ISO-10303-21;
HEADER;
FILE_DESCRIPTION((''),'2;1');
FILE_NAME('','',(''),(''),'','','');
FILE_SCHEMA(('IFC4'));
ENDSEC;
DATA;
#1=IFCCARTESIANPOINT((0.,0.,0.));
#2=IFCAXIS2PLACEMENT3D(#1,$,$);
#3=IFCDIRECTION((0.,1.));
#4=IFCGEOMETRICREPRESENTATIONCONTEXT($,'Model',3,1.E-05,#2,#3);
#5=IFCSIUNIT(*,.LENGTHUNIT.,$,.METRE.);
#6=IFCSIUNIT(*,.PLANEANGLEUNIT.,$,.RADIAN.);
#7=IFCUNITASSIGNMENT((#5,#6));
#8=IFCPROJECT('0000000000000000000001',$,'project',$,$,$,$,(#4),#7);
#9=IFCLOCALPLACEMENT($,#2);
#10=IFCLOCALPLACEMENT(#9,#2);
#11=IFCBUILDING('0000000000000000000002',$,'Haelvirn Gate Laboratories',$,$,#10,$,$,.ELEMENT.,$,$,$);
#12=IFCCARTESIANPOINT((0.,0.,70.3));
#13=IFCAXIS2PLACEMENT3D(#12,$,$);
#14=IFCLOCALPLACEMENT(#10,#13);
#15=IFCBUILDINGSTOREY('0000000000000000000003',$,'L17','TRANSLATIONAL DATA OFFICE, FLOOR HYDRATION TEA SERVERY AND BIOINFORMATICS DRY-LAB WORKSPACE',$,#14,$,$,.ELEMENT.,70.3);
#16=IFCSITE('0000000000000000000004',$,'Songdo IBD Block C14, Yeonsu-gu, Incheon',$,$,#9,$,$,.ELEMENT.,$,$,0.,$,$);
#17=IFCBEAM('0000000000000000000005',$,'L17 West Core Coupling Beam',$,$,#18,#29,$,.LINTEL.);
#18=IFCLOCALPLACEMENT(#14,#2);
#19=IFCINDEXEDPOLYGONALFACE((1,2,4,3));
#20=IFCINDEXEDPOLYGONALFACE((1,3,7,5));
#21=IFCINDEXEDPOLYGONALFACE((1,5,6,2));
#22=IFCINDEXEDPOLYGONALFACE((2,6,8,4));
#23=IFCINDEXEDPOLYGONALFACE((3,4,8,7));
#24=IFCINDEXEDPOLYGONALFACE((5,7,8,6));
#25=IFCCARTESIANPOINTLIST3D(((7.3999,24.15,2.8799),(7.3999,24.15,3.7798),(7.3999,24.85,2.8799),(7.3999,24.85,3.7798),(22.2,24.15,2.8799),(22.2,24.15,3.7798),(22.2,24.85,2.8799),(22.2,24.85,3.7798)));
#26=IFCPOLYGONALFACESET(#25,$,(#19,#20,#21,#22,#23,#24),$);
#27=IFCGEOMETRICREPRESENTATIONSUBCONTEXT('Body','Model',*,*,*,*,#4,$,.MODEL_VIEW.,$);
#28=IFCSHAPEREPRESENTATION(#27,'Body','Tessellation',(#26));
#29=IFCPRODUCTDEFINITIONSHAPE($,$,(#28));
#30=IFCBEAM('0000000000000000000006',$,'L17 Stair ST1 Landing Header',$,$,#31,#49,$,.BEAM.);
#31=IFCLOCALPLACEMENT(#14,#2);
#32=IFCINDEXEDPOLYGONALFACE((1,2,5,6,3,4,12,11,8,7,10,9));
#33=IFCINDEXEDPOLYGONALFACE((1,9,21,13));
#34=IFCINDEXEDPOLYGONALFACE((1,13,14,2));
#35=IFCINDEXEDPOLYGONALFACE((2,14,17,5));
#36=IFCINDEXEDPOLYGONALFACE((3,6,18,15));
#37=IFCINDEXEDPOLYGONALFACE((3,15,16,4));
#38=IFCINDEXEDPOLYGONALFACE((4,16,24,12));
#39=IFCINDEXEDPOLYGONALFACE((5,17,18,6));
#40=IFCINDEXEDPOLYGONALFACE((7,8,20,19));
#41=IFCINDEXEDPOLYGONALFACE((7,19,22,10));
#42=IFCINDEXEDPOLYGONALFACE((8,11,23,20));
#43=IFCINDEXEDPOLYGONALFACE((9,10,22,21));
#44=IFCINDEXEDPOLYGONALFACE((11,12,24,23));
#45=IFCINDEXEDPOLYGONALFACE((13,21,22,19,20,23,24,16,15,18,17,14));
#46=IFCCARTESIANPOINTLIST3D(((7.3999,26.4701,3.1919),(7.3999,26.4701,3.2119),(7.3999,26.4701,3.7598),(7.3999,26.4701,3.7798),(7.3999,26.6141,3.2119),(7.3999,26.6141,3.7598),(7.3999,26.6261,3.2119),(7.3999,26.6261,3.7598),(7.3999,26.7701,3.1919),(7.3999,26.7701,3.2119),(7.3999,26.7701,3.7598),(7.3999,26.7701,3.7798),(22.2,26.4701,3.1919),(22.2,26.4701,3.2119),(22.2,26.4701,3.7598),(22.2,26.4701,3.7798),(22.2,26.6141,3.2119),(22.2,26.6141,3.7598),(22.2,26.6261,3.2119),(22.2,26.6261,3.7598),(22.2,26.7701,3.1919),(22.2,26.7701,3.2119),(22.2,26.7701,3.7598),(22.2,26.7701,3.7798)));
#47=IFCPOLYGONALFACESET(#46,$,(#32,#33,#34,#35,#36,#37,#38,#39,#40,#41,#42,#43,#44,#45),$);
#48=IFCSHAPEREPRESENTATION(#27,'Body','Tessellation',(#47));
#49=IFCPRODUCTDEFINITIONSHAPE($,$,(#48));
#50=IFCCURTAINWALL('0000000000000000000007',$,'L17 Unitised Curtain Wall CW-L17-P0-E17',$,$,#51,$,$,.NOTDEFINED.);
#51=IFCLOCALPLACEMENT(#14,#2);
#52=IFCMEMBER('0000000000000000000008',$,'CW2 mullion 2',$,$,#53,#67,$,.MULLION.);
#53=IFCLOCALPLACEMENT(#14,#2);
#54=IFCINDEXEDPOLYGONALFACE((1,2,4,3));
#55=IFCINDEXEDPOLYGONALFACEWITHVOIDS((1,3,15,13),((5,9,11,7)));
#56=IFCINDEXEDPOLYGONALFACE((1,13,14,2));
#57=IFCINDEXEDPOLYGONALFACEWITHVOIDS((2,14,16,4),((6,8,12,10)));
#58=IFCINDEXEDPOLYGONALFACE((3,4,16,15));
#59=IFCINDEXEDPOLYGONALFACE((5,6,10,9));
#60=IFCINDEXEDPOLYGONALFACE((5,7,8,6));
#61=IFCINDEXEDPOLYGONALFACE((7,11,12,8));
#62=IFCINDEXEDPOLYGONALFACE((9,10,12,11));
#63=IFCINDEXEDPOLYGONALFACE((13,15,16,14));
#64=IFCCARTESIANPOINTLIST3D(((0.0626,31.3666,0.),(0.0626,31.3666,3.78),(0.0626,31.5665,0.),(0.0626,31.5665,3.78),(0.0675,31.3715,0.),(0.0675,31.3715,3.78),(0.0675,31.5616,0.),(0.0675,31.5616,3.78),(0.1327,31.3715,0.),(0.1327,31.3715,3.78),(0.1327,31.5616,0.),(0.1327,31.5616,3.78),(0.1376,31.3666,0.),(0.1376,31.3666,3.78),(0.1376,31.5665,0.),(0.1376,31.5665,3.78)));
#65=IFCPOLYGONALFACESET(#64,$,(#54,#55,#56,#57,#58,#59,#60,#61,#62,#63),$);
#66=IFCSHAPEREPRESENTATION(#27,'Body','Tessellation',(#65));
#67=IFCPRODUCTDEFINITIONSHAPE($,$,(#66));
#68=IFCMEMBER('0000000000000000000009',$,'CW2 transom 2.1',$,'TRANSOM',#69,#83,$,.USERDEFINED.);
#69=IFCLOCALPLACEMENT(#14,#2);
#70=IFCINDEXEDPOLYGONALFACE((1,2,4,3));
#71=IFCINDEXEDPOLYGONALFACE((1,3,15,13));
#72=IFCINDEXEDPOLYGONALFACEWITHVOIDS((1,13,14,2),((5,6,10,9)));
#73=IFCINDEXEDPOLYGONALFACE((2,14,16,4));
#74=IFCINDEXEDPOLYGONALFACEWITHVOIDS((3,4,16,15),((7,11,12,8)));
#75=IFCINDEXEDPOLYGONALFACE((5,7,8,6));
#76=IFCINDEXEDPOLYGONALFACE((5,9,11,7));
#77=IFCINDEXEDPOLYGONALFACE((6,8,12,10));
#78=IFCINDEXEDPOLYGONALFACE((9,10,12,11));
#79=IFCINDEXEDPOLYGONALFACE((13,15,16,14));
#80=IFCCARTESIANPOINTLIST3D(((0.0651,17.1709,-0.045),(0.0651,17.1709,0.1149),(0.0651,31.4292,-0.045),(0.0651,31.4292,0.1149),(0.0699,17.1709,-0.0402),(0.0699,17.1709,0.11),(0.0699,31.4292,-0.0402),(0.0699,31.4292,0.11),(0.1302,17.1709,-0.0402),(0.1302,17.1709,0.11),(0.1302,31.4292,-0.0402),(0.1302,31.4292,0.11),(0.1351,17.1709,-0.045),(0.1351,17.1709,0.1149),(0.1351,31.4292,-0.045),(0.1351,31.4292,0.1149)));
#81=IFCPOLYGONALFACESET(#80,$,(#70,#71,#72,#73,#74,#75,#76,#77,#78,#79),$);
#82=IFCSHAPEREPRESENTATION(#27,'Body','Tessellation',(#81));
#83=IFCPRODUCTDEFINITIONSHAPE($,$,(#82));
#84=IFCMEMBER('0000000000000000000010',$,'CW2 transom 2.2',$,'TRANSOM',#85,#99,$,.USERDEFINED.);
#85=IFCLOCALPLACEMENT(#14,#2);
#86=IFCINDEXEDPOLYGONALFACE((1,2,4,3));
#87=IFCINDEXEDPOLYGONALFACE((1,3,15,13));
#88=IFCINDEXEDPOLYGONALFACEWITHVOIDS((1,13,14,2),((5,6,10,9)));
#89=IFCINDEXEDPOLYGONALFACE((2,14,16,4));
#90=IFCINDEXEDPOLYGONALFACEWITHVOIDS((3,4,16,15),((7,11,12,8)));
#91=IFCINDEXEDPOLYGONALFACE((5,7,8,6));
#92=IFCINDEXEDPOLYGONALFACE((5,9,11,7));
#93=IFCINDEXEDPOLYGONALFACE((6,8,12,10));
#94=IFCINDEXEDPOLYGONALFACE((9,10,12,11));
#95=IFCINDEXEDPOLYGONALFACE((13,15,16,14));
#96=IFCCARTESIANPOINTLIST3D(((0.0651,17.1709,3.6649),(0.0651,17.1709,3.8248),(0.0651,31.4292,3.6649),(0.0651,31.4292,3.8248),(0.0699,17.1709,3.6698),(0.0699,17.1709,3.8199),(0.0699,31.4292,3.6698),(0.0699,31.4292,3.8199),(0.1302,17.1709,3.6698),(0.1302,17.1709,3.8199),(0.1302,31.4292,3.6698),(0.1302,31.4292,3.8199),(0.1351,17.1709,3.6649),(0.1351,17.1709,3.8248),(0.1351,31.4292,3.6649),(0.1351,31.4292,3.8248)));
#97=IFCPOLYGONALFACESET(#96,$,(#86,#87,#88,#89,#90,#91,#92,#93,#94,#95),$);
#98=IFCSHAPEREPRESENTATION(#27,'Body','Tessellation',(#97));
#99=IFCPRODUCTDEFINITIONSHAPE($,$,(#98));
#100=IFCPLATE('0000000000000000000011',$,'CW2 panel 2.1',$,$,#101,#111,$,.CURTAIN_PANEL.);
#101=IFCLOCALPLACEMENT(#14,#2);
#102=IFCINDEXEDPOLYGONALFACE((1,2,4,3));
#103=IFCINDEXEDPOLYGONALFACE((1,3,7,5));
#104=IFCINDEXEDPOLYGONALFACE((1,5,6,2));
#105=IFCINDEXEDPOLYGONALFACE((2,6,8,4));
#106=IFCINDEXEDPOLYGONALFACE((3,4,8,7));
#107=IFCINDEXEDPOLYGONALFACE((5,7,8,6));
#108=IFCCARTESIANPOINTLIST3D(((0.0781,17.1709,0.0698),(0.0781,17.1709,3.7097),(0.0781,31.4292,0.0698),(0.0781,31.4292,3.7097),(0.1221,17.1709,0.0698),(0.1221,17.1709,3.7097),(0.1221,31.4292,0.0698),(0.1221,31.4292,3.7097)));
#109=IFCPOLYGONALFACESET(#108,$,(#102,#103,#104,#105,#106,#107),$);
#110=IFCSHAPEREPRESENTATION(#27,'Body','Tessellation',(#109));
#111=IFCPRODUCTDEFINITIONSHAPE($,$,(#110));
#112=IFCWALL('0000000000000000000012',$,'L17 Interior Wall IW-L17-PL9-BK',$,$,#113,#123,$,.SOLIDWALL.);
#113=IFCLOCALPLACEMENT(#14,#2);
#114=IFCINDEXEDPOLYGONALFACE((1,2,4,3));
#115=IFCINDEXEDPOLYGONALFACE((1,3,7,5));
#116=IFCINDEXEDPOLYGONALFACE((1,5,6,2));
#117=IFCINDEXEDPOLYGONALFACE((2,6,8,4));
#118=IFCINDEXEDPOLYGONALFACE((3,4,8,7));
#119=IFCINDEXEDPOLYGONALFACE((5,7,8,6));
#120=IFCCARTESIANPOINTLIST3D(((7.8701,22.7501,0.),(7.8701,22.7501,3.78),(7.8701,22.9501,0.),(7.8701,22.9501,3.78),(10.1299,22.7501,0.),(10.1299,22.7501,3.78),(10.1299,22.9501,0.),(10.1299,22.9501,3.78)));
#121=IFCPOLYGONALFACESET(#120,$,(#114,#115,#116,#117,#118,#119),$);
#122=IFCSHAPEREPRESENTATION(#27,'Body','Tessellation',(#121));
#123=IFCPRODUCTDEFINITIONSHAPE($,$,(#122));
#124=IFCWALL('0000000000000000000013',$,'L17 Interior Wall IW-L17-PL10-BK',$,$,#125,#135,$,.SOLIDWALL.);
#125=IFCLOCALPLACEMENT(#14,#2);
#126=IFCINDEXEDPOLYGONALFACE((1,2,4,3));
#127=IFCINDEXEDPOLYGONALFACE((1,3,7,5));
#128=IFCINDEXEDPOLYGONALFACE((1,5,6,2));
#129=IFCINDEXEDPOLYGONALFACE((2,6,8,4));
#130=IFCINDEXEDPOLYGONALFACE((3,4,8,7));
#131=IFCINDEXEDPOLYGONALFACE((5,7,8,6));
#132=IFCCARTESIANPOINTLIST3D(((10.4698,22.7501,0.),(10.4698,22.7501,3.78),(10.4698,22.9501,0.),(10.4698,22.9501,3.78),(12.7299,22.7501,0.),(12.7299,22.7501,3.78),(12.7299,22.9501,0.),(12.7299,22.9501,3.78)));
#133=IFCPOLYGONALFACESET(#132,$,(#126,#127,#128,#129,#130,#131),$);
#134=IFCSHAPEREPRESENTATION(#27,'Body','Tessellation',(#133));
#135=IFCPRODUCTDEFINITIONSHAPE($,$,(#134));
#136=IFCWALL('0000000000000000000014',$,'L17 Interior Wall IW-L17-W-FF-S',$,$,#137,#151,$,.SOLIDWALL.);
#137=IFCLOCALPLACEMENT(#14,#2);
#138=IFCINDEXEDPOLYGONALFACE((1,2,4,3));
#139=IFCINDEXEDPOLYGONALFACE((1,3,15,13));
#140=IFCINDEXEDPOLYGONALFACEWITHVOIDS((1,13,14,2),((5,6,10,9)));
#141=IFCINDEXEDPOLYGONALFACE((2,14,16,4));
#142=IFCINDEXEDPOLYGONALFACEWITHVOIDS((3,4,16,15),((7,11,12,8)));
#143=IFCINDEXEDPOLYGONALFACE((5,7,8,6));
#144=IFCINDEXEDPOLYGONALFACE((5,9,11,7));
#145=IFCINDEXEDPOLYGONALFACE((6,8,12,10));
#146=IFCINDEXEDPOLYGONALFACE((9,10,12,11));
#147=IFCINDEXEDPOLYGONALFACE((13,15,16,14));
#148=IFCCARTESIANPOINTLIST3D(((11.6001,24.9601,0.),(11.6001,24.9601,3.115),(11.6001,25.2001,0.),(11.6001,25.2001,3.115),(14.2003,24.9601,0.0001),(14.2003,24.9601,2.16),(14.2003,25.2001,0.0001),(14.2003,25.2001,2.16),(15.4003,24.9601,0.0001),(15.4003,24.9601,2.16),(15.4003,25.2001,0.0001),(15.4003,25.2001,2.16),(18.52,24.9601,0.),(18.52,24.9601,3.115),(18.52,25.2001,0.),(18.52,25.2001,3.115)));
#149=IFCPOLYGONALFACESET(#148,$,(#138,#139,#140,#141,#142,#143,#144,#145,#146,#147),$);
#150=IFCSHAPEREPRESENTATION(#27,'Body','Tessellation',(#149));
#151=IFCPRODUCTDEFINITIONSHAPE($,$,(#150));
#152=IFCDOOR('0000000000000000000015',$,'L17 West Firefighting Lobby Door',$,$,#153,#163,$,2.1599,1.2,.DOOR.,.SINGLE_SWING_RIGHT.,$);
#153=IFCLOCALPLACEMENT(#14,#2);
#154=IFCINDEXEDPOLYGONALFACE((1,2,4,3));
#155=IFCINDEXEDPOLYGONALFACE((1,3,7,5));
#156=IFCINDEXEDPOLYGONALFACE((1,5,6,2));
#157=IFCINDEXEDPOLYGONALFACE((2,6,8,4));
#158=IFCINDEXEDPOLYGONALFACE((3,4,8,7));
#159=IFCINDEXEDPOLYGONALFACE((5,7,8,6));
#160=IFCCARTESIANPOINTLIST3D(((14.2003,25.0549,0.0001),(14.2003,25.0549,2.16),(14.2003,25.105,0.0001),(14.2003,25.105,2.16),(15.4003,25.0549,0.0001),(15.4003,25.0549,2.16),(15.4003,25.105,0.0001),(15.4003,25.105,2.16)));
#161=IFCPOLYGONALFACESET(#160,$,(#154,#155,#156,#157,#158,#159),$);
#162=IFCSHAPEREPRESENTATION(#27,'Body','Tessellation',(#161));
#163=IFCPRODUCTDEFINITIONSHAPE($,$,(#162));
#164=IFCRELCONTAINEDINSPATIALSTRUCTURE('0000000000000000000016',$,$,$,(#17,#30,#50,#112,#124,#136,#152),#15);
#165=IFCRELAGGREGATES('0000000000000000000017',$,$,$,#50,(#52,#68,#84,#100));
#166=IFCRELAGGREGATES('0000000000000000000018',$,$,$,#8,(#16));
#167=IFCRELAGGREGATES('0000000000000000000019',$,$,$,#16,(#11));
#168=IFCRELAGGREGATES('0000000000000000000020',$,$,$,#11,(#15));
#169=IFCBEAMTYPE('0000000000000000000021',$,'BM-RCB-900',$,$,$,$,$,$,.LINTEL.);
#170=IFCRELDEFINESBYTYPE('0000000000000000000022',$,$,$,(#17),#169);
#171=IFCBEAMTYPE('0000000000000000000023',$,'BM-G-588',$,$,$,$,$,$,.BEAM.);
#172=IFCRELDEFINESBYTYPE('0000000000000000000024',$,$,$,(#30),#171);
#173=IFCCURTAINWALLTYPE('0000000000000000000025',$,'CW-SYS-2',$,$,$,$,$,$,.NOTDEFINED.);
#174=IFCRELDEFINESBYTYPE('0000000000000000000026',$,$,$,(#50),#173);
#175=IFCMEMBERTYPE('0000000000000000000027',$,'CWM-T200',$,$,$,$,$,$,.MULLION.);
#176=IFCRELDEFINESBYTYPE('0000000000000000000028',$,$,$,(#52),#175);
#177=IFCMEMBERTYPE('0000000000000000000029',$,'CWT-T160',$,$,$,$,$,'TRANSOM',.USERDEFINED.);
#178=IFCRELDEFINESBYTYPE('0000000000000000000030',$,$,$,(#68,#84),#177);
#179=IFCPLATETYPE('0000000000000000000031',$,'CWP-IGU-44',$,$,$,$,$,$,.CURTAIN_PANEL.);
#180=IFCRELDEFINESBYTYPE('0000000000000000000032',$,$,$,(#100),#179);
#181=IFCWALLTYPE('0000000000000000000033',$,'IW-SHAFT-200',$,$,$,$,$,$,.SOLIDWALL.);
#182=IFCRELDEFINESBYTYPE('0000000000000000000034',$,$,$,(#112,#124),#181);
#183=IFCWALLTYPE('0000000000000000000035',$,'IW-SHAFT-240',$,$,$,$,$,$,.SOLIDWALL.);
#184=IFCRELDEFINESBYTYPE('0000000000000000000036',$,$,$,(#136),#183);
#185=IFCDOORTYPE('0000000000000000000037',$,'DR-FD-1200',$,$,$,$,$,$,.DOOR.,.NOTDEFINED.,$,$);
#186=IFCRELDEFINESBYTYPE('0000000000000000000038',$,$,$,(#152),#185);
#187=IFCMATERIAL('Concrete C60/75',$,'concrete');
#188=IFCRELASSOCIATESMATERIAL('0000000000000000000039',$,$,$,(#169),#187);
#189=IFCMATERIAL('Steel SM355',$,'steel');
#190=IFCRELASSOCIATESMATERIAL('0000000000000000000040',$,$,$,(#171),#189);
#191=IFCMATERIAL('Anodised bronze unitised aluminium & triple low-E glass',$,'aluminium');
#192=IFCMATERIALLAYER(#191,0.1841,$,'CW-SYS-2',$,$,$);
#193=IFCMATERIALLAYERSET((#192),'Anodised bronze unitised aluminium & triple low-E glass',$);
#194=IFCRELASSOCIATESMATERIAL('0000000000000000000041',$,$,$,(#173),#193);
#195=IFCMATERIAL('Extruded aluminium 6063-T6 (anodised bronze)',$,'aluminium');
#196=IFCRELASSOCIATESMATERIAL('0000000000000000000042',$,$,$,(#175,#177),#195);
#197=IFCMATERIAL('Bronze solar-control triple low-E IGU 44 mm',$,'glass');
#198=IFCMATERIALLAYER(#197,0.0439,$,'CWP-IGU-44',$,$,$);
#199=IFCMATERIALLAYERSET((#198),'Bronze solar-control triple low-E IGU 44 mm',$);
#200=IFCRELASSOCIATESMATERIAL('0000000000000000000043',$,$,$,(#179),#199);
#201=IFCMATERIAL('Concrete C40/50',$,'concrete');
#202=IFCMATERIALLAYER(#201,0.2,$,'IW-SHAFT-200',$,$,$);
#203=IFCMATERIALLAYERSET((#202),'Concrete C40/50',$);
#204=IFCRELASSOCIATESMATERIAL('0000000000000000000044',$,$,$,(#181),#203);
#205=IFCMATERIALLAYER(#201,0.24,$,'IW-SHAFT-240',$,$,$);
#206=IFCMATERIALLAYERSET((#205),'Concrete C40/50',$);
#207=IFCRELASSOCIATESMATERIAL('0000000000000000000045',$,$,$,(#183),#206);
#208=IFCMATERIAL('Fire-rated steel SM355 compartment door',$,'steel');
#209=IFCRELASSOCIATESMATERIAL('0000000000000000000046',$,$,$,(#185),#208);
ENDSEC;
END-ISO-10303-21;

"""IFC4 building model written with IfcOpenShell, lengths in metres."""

from ifc_helpers import new_model, si_unit, direction, frame, frame_2d, origin, origin_2d, place, context, subcontext, project, spatial, rectangle, hollow_rectangle, i_section, extrude, source, transform, mapped, material, layer, layer_set, material_profile, profile_set, type_object, type_shapes, element, fill, aggregate, save


model = new_model("IFC4")

# Units and contexts
model_context = context("Model", 3, precision=1e-05, world=origin(), true_north=direction((0.0, 1.0)))
body_context = subcontext(model_context, "Body", "Model", "MODEL_VIEW")
ifc_project = project(units=[si_unit("LENGTHUNIT", "METRE"), si_unit("PLANEANGLEUNIT", "RADIAN")], contexts=[model_context])

# Site, building, storey
site_placement = place(None, origin())
site = spatial("IfcSite", under=ifc_project, at=site_placement, Name="Songdo IBD Block C14, Yeonsu-gu, Incheon", CompositionType="ELEMENT", RefElevation=0.0)
building_placement = place(site_placement, origin())
building = spatial("IfcBuilding", under=site, at=building_placement, Name="Haelvirn Gate Laboratories", CompositionType="ELEMENT")
storey_placement = place(building_placement, frame((0.0, 0.0, 70.3)))
storey = spatial("IfcBuildingStorey", under=building, at=storey_placement, Name="L17", Description="TRANSLATIONAL DATA OFFICE, FLOOR HYDRATION TEA SERVERY AND BIOINFORMATICS DRY-LAB WORKSPACE", CompositionType="ELEMENT", Elevation=70.3)

# Beams
ifc_material_1 = material(Name="Concrete C60/75", Category="concrete")
ifc_material_profile_1 = material_profile(ifc_material_1, rectangle(XDim=0.7, YDim=0.8999, at=origin_2d()), Name="RCB-700x900")
ifc_profile_set_1 = profile_set([ifc_material_profile_1], Name="Concrete C60/75")
beam_type_1 = type_object("IfcBeamType", Name="BM-RCB-900", PredefinedType="LINTEL", material=ifc_profile_set_1)
shared_shape_1 = source(origin(), body_context, "Body", "SweptSolid", [
    extrude(rectangle(XDim=0.7, YDim=0.8999, at=origin_2d()), origin(), (0.0, 0.0, 1.0), 14.8),
])
type_shapes(beam_type_1, [shared_shape_1])
beam_1_placement = place(storey_placement, frame((7.3999, 24.5, 3.3298), z_axis=(1.0, 0.0, 0.0), x_axis=(0.0, 1.0, 0.0)))
element("IfcBeam", 1, at=beam_1_placement, inside=storey, type_object=beam_type_1, Name="L17 West Core Coupling Beam", PredefinedType="LINTEL", context=body_context, shape_type="MappedRepresentation", body=[
    mapped(shared_shape_1, transform((0.0, 0.0, 0.0), scale=1.0)),
])
ifc_material_2 = material(Name="Steel SM355", Category="steel")
ifc_material_profile_2 = material_profile(ifc_material_2, i_section(OverallWidth=0.3, OverallDepth=0.5879, WebThickness=0.012, FlangeThickness=0.02, at=origin_2d()), Name="H-588x300x12x20")
ifc_profile_set_2 = profile_set([ifc_material_profile_2], Name="Steel SM355")
beam_type_2 = type_object("IfcBeamType", Name="BM-G-588", PredefinedType="BEAM", material=ifc_profile_set_2)
shared_shape_2 = source(origin(), body_context, "Body", "SweptSolid", [
    extrude(i_section(OverallWidth=0.3, OverallDepth=0.5879, WebThickness=0.012, FlangeThickness=0.02, at=origin_2d()), origin(), (0.0, 0.0, 1.0), 14.8),
])
type_shapes(beam_type_2, [shared_shape_2])
beam_2_placement = place(storey_placement, frame((7.3999, 26.6201, 3.4858), z_axis=(1.0, 0.0, 0.0), x_axis=(0.0, 1.0, 0.0)))
element("IfcBeam", 2, at=beam_2_placement, inside=storey, type_object=beam_type_2, Name="L17 Stair ST1 Landing Header", PredefinedType="BEAM", context=body_context, shape_type="MappedRepresentation", body=[
    mapped(shared_shape_2, transform((0.0, 0.0, 0.0), scale=1.0)),
])

# Curtain wall, members, plate
ifc_material_3 = material(Name="Anodised bronze unitised aluminium & triple low-E glass", Category="aluminium")
ifc_layer_1 = layer(ifc_material_3, 0.1841, Name="CW-SYS-2")
ifc_layer_set_1 = layer_set([ifc_layer_1], Name="Anodised bronze unitised aluminium & triple low-E glass")
curtain_wall_type = type_object("IfcCurtainWallType", Name="CW-SYS-2", PredefinedType="NOTDEFINED", material=ifc_layer_set_1)
curtain_wall_placement = place(storey_placement, origin())
curtain_wall = element("IfcCurtainWall", 3, at=curtain_wall_placement, inside=storey, type_object=curtain_wall_type, Name="L17 Unitised Curtain Wall CW-L17-P0-E17", PredefinedType="NOTDEFINED")
ifc_material_4 = material(Name="Extruded aluminium 6063-T6 (anodised bronze)", Category="aluminium")
ifc_material_profile_3 = material_profile(ifc_material_4, hollow_rectangle(XDim=0.075, YDim=0.2, WallThickness=0.0049, at=origin_2d()), Name="CWM-200x75x5")
ifc_profile_set_3 = profile_set([ifc_material_profile_3], Name="Extruded aluminium 6063-T6 (anodised bronze)")
member_type_1 = type_object("IfcMemberType", Name="CWM-T200", PredefinedType="MULLION", material=ifc_profile_set_3)
shared_shape_3 = source(origin(), body_context, "Body", "SweptSolid", [
    extrude(hollow_rectangle(XDim=0.075, YDim=0.2, WallThickness=0.0049, at=origin_2d()), origin(), (0.0, 0.0, 1.0), 3.78),
])
type_shapes(member_type_1, [shared_shape_3])
member_1_placement = place(storey_placement, frame((0.1001, 31.4666, 0.0), z_axis=(0.0, 0.0, 1.0), x_axis=(1.0, 0.0, 0.0)))
member_1 = element("IfcMember", 4, at=member_1_placement, type_object=member_type_1, Name="CW2 mullion 2", PredefinedType="MULLION", context=body_context, shape_type="MappedRepresentation", body=[
    mapped(shared_shape_3, transform((0.0, 0.0, 0.0), scale=1.0)),
])
ifc_material_profile_4 = material_profile(ifc_material_4, hollow_rectangle(XDim=0.0701, YDim=0.1599, WallThickness=0.0049, at=origin_2d()), Name="CWT-160x70x5")
ifc_profile_set_4 = profile_set([ifc_material_profile_4], Name="Extruded aluminium 6063-T6 (anodised bronze)")
member_type_2 = type_object("IfcMemberType", Name="CWT-T160", ElementType="TRANSOM", PredefinedType="USERDEFINED", material=ifc_profile_set_4)
shared_shape_4 = source(origin(), body_context, "Body", "SweptSolid", [
    extrude(hollow_rectangle(XDim=0.0701, YDim=0.1599, WallThickness=0.0049, at=origin_2d()), origin(), (0.0, 0.0, 1.0), 14.2583),
])
type_shapes(member_type_2, [shared_shape_4])
member_2_placement = place(storey_placement, frame((0.1001, 31.4292, 0.0349), z_axis=(0.0, -1.0, 0.0), x_axis=(1.0, 0.0, 0.0)))
member_2 = element("IfcMember", 5, at=member_2_placement, type_object=member_type_2, Name="CW2 transom 2.1", ObjectType="TRANSOM", PredefinedType="USERDEFINED", context=body_context, shape_type="MappedRepresentation", body=[
    mapped(shared_shape_4, transform((0.0, 0.0, 0.0), scale=1.0)),
])
member_3_placement = place(storey_placement, frame((0.1001, 31.4292, 3.7449), z_axis=(0.0, -1.0, 0.0), x_axis=(1.0, 0.0, 0.0)))
member_3 = element("IfcMember", 6, at=member_3_placement, type_object=member_type_2, Name="CW2 transom 2.2", ObjectType="TRANSOM", PredefinedType="USERDEFINED", context=body_context, shape_type="MappedRepresentation", body=[
    mapped(shared_shape_4, transform((0.0, 0.0, 0.0), scale=1.0)),
])
ifc_material_5 = material(Name="Bronze solar-control triple low-E IGU 44 mm", Category="glass")
ifc_layer_2 = layer(ifc_material_5, 0.0439, Name="CWP-IGU-44")
ifc_layer_set_2 = layer_set([ifc_layer_2], Name="Bronze solar-control triple low-E IGU 44 mm")
plate_type = type_object("IfcPlateType", Name="CWP-IGU-44", PredefinedType="CURTAIN_PANEL", material=ifc_layer_set_2)
shared_shape_5 = source(origin(), body_context, "Body", "SweptSolid", [
    extrude(rectangle(XDim=14.2583, YDim=0.0439, at=origin_2d()), origin(), (0.0, 0.0, 1.0), 3.6399),
])
type_shapes(plate_type, [shared_shape_5])
plate_placement = place(storey_placement, frame((0.1001, 24.3, 0.0698), z_axis=(0.0, 0.0, 1.0), x_axis=(0.0, -1.0, 0.0)))
plate = element("IfcPlate", 7, at=plate_placement, type_object=plate_type, Name="CW2 panel 2.1", PredefinedType="CURTAIN_PANEL", context=body_context, shape_type="MappedRepresentation", body=[
    mapped(shared_shape_5, transform((0.0, 0.0, 0.0), scale=1.0)),
])
aggregate(curtain_wall, [member_1, member_2, member_3, plate])

# Walls
ifc_material_6 = material(Name="Concrete C40/50", Category="concrete")
ifc_layer_3 = layer(ifc_material_6, 0.2, Name="IW-SHAFT-200")
ifc_layer_set_3 = layer_set([ifc_layer_3], Name="Concrete C40/50")
wall_type_1 = type_object("IfcWallType", Name="IW-SHAFT-200", PredefinedType="SOLIDWALL", material=ifc_layer_set_3)
wall_1_placement = place(storey_placement, frame((7.8701, 22.8501, 0.0), z_axis=(0.0, 0.0, 1.0), x_axis=(1.0, 0.0, 0.0)))
element("IfcWall", 8, at=wall_1_placement, inside=storey, type_object=wall_type_1, Name="L17 Interior Wall IW-L17-PL9-BK", PredefinedType="SOLIDWALL", context=body_context, shape_type="SweptSolid", body=[
    extrude(rectangle(XDim=2.2598, YDim=0.2, at=frame_2d((1.1299, 0.0))), origin(), (0.0, 0.0, 1.0), 3.78),
])
wall_2_placement = place(storey_placement, frame((10.47, 22.8501, 0.0), z_axis=(0.0, 0.0, 1.0), x_axis=(1.0, 0.0, 0.0)))
element("IfcWall", 9, at=wall_2_placement, inside=storey, type_object=wall_type_1, Name="L17 Interior Wall IW-L17-PL10-BK", PredefinedType="SOLIDWALL", context=body_context, shape_type="SweptSolid", body=[
    extrude(rectangle(XDim=2.26, YDim=0.2, at=frame_2d((1.1299, 0.0))), origin(), (0.0, 0.0, 1.0), 3.78),
])

# Wall, opening, door
ifc_layer_4 = layer(ifc_material_6, 0.24, Name="IW-SHAFT-240")
ifc_layer_set_4 = layer_set([ifc_layer_4], Name="Concrete C40/50")
wall_type_2 = type_object("IfcWallType", Name="IW-SHAFT-240", PredefinedType="SOLIDWALL", material=ifc_layer_set_4)
wall_3_placement = place(storey_placement, frame((11.6001, 25.0801, 0.0), z_axis=(0.0, 0.0, 1.0), x_axis=(1.0, 0.0, 0.0)))
wall_3 = element("IfcWall", 10, at=wall_3_placement, inside=storey, type_object=wall_type_2, Name="L17 Interior Wall IW-L17-W-FF-S", PredefinedType="SOLIDWALL", context=body_context, shape_type="SweptSolid", body=[
    extrude(rectangle(XDim=6.9199, YDim=0.24, at=frame_2d((3.46, 0.0))), origin(), (0.0, 0.0, 1.0), 3.115),
])
opening_1_placement = place(wall_3_placement, frame((2.6001, 0.0, 0.0)))
opening_1 = element("IfcOpeningElement", 11, at=opening_1_placement, cuts=wall_3, PredefinedType="OPENING", context=body_context, shape_type="SweptSolid", body=[
    extrude(rectangle(XDim=1.2, YDim=2.1599, at=frame_2d((0.6001, 1.0801))), frame((0.0, 0.1299, 0.0), z_axis=(0.0, -1.0, 0.0), x_axis=(1.0, 0.0, 0.0)), (0.0, 0.0, 1.0), 0.26),
])
ifc_material_7 = material(Name="Fire-rated steel SM355 compartment door", Category="steel")
door_type_1 = type_object("IfcDoorType", Name="DR-FD-1200", OperationType="NOTDEFINED", PredefinedType="DOOR", material=ifc_material_7)
shared_shape_6 = source(origin(), body_context, "Body", "SweptSolid", [
    extrude(rectangle(XDim=1.2, YDim=2.1599, at=frame_2d((0.6001, 1.0801))), frame((0.0, 0.0249, 0.0), z_axis=(0.0, -1.0, 0.0), x_axis=(1.0, 0.0, 0.0)), (0.0, 0.0, 1.0), 0.05),
])
type_shapes(door_type_1, [shared_shape_6])
door_1_placement = place(opening_1_placement, origin())
door_1 = element("IfcDoor", 12, at=door_1_placement, inside=storey, type_object=door_type_1, Name="L17 West Firefighting Lobby Door", OperationType="SINGLE_SWING_RIGHT", OverallHeight=2.1599, OverallWidth=1.2, PredefinedType="DOOR", context=body_context, shape_type="MappedRepresentation", body=[
    mapped(shared_shape_6, transform((0.0, 0.0, 0.0), scale=1.0)),
])
fill(opening_1, door_1)

save(model, "model.ifc")
